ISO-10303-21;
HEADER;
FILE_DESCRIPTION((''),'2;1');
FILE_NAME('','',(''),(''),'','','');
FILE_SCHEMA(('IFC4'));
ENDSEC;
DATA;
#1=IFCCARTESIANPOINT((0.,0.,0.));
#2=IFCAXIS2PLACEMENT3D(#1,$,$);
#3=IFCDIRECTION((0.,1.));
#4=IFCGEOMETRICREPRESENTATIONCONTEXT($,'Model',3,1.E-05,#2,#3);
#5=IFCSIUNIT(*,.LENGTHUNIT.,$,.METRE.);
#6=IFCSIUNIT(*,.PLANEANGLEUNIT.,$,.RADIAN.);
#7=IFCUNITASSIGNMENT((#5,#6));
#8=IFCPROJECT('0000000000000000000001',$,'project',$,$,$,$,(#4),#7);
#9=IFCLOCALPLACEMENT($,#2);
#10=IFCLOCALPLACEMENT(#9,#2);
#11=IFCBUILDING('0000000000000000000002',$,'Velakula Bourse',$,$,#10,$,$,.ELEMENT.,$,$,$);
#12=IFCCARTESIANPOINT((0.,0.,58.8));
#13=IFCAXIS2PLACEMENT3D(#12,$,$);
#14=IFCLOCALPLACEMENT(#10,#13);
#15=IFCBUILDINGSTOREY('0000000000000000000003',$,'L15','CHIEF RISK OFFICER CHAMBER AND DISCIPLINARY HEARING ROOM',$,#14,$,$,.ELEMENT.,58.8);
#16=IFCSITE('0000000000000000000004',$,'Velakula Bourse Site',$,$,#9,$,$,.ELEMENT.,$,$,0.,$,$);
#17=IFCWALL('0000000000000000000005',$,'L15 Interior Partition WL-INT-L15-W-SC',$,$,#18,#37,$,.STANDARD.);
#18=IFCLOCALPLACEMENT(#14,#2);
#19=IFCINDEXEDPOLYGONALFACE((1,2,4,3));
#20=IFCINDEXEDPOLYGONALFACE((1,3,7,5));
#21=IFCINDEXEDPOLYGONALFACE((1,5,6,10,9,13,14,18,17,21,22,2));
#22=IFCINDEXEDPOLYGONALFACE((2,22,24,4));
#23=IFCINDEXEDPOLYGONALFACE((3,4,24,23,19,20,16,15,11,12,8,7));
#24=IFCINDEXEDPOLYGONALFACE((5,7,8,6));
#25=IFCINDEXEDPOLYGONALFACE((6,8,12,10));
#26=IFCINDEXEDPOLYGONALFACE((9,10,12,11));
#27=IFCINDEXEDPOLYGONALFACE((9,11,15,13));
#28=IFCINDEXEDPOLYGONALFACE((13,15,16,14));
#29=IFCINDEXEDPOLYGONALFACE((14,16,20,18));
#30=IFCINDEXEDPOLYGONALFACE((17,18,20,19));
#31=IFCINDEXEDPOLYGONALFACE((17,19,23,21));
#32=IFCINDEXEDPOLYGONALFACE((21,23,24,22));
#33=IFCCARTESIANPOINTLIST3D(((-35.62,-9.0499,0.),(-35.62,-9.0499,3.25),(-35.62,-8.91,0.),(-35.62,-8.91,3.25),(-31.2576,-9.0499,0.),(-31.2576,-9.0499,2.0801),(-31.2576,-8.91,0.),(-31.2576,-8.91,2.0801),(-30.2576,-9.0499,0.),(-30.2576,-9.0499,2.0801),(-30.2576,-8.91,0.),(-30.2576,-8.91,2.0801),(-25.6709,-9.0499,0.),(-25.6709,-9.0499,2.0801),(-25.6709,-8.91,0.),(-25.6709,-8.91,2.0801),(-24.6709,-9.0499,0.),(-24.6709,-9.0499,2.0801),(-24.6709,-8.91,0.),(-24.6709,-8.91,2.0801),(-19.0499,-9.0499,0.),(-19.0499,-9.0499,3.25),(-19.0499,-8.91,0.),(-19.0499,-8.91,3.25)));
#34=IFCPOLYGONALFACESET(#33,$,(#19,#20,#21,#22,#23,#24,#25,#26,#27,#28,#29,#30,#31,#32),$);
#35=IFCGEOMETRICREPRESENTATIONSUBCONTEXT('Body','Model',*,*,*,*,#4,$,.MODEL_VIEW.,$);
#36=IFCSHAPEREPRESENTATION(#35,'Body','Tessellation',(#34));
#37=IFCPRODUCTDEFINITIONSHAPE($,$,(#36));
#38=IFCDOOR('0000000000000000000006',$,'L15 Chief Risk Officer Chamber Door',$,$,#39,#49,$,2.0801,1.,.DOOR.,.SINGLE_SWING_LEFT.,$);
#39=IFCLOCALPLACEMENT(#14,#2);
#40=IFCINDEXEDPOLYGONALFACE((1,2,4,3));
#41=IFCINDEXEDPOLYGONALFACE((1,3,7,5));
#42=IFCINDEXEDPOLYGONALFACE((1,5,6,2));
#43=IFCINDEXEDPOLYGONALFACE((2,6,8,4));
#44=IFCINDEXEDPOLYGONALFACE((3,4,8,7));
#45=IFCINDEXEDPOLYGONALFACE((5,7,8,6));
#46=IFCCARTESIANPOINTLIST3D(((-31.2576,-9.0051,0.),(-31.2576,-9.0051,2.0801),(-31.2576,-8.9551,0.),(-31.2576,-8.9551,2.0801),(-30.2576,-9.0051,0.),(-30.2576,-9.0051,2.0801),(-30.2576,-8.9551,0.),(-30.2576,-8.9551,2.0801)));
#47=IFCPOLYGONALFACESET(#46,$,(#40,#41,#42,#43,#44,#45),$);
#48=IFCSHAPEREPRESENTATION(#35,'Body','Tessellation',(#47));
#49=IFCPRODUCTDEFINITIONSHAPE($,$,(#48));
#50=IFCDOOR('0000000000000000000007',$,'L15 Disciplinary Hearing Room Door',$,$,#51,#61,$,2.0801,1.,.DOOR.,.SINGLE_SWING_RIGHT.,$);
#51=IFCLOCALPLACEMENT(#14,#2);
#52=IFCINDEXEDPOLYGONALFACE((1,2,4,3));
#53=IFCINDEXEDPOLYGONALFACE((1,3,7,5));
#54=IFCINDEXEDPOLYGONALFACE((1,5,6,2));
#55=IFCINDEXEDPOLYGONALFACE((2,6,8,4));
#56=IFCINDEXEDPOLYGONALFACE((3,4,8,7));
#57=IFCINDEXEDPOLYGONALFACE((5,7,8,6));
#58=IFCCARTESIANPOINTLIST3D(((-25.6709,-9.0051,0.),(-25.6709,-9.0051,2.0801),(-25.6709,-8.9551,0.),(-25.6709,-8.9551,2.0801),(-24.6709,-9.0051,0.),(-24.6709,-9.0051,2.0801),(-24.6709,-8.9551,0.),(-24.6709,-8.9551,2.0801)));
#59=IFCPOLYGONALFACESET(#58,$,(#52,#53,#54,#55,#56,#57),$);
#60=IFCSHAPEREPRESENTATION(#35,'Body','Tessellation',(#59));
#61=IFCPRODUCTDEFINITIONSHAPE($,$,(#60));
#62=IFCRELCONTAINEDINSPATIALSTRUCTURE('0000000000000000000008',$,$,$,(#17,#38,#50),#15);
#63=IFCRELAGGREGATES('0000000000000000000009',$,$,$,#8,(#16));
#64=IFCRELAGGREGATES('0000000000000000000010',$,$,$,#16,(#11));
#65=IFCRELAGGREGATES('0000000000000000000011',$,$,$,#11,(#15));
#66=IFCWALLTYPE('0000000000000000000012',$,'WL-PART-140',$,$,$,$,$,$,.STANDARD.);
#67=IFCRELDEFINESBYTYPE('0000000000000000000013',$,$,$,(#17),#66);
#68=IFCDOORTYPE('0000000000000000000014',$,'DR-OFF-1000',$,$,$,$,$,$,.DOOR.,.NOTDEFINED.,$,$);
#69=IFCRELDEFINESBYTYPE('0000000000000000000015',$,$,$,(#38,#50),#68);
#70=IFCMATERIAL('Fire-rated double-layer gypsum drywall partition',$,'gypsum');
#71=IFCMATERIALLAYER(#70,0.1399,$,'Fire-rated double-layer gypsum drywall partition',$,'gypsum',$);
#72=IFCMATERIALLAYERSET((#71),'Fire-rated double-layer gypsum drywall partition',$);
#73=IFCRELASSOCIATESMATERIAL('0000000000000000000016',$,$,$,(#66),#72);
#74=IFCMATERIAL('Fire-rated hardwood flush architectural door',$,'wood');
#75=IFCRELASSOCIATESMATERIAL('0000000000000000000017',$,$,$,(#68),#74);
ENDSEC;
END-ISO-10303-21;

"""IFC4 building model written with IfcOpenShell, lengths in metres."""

from ifc_helpers import new_model, si_unit, direction, frame, frame_2d, origin, place, context, subcontext, project, spatial, rectangle, extrude, material, layer, layer_set, type_object, element, fill, save


model = new_model("IFC4")

# Units and contexts
model_context = context("Model", 3, precision=1e-05, world=origin(), true_north=direction((0.0, 1.0)))
body_context = subcontext(model_context, "Body", "Model", "MODEL_VIEW")
ifc_project = project(units=[si_unit("LENGTHUNIT", "METRE"), si_unit("PLANEANGLEUNIT", "RADIAN")], contexts=[model_context])

# Site, building, storey
site_placement = place(None, origin())
site = spatial("IfcSite", under=ifc_project, at=site_placement, Name="Velakula Bourse Site", CompositionType="ELEMENT", RefElevation=0.0)
building_placement = place(site_placement, origin())
building = spatial("IfcBuilding", under=site, at=building_placement, Name="Velakula Bourse", CompositionType="ELEMENT")
storey_placement = place(building_placement, frame((0.0, 0.0, 58.8)))
storey = spatial("IfcBuildingStorey", under=building, at=storey_placement, Name="L15", Description="CHIEF RISK OFFICER CHAMBER AND DISCIPLINARY HEARING ROOM", CompositionType="ELEMENT", Elevation=58.8)

# Wall, openings, doors
ifc_material_1 = material(Name="Fire-rated double-layer gypsum drywall partition", Category="gypsum")
ifc_layer = layer(ifc_material_1, 0.1399, Name="Fire-rated double-layer gypsum drywall partition", Category="gypsum")
ifc_layer_set = layer_set([ifc_layer], Name="Fire-rated double-layer gypsum drywall partition")
wall_type = type_object("IfcWallType", Name="WL-PART-140", PredefinedType="STANDARD", material=ifc_layer_set)
ifc_material_2 = material(Name="Fire-rated hardwood flush architectural door", Category="wood")
door_type_1 = type_object("IfcDoorType", Name="DR-OFF-1000", OperationType="NOTDEFINED", PredefinedType="DOOR", material=ifc_material_2)
wall_1_placement = place(storey_placement, frame((-35.6201, -8.98, 0.0), z_axis=(0.0, 0.0, 1.0), x_axis=(1.0, 0.0, 0.0)))
wall_1 = element("IfcWall", 1, at=wall_1_placement, inside=storey, type_object=wall_type, Name="L15 Interior Partition WL-INT-L15-W-SC", PredefinedType="STANDARD", context=body_context, shape_type="SweptSolid", body=[
    extrude(rectangle(XDim=16.5701, YDim=0.1399, at=frame_2d((8.2852, 0.0))), origin(), (0.0, 0.0, 1.0), 3.25),
])
opening_1_placement = place(wall_1_placement, frame((4.3625, 0.0, 0.0)))
opening_1 = element("IfcOpeningElement", 2, at=opening_1_placement, cuts=wall_1, PredefinedType="OPENING", context=body_context, shape_type="SweptSolid", body=[
    extrude(rectangle(XDim=1.0, YDim=2.0801, at=frame_2d((0.5, 1.04))), frame((0.0, 0.0798, 0.0), z_axis=(0.0, -1.0, 0.0), x_axis=(1.0, 0.0, 0.0)), (0.0, 0.0, 1.0), 0.1599),
])
opening_2_placement = place(wall_1_placement, frame((9.9492, 0.0, 0.0)))
opening_2 = element("IfcOpeningElement", 3, at=opening_2_placement, cuts=wall_1, PredefinedType="OPENING", context=body_context, shape_type="SweptSolid", body=[
    extrude(rectangle(XDim=1.0, YDim=2.0801, at=frame_2d((0.5, 1.04))), frame((0.0, 0.0798, 0.0), z_axis=(0.0, -1.0, 0.0), x_axis=(1.0, 0.0, 0.0)), (0.0, 0.0, 1.0), 0.1599),
])
door_1_placement = place(opening_1_placement, origin())
door_1 = element("IfcDoor", 4, at=door_1_placement, inside=storey, type_object=door_type_1, Name="L15 Chief Risk Officer Chamber Door", OperationType="SINGLE_SWING_LEFT", OverallHeight=2.0801, OverallWidth=1.0, PredefinedType="DOOR", context=body_context, shape_type="SweptSolid", body=[
    extrude(rectangle(XDim=1.0, YDim=2.0801, at=frame_2d((0.5, 1.04))), frame((0.0, 0.0249, 0.0), z_axis=(0.0, -1.0, 0.0), x_axis=(1.0, 0.0, 0.0)), (0.0, 0.0, 1.0), 0.05),
])
fill(opening_1, door_1)
door_2_placement = place(opening_2_placement, origin())
door_2 = element("IfcDoor", 5, at=door_2_placement, inside=storey, type_object=door_type_1, Name="L15 Disciplinary Hearing Room Door", OperationType="SINGLE_SWING_RIGHT", OverallHeight=2.0801, OverallWidth=1.0, PredefinedType="DOOR", context=body_context, shape_type="SweptSolid", body=[
    extrude(rectangle(XDim=1.0, YDim=2.0801, at=frame_2d((0.5, 1.04))), frame((0.0, 0.0249, 0.0), z_axis=(0.0, -1.0, 0.0), x_axis=(1.0, 0.0, 0.0)), (0.0, 0.0, 1.0), 0.05),
])
fill(opening_2, door_2)

save(model, "model.ifc")
